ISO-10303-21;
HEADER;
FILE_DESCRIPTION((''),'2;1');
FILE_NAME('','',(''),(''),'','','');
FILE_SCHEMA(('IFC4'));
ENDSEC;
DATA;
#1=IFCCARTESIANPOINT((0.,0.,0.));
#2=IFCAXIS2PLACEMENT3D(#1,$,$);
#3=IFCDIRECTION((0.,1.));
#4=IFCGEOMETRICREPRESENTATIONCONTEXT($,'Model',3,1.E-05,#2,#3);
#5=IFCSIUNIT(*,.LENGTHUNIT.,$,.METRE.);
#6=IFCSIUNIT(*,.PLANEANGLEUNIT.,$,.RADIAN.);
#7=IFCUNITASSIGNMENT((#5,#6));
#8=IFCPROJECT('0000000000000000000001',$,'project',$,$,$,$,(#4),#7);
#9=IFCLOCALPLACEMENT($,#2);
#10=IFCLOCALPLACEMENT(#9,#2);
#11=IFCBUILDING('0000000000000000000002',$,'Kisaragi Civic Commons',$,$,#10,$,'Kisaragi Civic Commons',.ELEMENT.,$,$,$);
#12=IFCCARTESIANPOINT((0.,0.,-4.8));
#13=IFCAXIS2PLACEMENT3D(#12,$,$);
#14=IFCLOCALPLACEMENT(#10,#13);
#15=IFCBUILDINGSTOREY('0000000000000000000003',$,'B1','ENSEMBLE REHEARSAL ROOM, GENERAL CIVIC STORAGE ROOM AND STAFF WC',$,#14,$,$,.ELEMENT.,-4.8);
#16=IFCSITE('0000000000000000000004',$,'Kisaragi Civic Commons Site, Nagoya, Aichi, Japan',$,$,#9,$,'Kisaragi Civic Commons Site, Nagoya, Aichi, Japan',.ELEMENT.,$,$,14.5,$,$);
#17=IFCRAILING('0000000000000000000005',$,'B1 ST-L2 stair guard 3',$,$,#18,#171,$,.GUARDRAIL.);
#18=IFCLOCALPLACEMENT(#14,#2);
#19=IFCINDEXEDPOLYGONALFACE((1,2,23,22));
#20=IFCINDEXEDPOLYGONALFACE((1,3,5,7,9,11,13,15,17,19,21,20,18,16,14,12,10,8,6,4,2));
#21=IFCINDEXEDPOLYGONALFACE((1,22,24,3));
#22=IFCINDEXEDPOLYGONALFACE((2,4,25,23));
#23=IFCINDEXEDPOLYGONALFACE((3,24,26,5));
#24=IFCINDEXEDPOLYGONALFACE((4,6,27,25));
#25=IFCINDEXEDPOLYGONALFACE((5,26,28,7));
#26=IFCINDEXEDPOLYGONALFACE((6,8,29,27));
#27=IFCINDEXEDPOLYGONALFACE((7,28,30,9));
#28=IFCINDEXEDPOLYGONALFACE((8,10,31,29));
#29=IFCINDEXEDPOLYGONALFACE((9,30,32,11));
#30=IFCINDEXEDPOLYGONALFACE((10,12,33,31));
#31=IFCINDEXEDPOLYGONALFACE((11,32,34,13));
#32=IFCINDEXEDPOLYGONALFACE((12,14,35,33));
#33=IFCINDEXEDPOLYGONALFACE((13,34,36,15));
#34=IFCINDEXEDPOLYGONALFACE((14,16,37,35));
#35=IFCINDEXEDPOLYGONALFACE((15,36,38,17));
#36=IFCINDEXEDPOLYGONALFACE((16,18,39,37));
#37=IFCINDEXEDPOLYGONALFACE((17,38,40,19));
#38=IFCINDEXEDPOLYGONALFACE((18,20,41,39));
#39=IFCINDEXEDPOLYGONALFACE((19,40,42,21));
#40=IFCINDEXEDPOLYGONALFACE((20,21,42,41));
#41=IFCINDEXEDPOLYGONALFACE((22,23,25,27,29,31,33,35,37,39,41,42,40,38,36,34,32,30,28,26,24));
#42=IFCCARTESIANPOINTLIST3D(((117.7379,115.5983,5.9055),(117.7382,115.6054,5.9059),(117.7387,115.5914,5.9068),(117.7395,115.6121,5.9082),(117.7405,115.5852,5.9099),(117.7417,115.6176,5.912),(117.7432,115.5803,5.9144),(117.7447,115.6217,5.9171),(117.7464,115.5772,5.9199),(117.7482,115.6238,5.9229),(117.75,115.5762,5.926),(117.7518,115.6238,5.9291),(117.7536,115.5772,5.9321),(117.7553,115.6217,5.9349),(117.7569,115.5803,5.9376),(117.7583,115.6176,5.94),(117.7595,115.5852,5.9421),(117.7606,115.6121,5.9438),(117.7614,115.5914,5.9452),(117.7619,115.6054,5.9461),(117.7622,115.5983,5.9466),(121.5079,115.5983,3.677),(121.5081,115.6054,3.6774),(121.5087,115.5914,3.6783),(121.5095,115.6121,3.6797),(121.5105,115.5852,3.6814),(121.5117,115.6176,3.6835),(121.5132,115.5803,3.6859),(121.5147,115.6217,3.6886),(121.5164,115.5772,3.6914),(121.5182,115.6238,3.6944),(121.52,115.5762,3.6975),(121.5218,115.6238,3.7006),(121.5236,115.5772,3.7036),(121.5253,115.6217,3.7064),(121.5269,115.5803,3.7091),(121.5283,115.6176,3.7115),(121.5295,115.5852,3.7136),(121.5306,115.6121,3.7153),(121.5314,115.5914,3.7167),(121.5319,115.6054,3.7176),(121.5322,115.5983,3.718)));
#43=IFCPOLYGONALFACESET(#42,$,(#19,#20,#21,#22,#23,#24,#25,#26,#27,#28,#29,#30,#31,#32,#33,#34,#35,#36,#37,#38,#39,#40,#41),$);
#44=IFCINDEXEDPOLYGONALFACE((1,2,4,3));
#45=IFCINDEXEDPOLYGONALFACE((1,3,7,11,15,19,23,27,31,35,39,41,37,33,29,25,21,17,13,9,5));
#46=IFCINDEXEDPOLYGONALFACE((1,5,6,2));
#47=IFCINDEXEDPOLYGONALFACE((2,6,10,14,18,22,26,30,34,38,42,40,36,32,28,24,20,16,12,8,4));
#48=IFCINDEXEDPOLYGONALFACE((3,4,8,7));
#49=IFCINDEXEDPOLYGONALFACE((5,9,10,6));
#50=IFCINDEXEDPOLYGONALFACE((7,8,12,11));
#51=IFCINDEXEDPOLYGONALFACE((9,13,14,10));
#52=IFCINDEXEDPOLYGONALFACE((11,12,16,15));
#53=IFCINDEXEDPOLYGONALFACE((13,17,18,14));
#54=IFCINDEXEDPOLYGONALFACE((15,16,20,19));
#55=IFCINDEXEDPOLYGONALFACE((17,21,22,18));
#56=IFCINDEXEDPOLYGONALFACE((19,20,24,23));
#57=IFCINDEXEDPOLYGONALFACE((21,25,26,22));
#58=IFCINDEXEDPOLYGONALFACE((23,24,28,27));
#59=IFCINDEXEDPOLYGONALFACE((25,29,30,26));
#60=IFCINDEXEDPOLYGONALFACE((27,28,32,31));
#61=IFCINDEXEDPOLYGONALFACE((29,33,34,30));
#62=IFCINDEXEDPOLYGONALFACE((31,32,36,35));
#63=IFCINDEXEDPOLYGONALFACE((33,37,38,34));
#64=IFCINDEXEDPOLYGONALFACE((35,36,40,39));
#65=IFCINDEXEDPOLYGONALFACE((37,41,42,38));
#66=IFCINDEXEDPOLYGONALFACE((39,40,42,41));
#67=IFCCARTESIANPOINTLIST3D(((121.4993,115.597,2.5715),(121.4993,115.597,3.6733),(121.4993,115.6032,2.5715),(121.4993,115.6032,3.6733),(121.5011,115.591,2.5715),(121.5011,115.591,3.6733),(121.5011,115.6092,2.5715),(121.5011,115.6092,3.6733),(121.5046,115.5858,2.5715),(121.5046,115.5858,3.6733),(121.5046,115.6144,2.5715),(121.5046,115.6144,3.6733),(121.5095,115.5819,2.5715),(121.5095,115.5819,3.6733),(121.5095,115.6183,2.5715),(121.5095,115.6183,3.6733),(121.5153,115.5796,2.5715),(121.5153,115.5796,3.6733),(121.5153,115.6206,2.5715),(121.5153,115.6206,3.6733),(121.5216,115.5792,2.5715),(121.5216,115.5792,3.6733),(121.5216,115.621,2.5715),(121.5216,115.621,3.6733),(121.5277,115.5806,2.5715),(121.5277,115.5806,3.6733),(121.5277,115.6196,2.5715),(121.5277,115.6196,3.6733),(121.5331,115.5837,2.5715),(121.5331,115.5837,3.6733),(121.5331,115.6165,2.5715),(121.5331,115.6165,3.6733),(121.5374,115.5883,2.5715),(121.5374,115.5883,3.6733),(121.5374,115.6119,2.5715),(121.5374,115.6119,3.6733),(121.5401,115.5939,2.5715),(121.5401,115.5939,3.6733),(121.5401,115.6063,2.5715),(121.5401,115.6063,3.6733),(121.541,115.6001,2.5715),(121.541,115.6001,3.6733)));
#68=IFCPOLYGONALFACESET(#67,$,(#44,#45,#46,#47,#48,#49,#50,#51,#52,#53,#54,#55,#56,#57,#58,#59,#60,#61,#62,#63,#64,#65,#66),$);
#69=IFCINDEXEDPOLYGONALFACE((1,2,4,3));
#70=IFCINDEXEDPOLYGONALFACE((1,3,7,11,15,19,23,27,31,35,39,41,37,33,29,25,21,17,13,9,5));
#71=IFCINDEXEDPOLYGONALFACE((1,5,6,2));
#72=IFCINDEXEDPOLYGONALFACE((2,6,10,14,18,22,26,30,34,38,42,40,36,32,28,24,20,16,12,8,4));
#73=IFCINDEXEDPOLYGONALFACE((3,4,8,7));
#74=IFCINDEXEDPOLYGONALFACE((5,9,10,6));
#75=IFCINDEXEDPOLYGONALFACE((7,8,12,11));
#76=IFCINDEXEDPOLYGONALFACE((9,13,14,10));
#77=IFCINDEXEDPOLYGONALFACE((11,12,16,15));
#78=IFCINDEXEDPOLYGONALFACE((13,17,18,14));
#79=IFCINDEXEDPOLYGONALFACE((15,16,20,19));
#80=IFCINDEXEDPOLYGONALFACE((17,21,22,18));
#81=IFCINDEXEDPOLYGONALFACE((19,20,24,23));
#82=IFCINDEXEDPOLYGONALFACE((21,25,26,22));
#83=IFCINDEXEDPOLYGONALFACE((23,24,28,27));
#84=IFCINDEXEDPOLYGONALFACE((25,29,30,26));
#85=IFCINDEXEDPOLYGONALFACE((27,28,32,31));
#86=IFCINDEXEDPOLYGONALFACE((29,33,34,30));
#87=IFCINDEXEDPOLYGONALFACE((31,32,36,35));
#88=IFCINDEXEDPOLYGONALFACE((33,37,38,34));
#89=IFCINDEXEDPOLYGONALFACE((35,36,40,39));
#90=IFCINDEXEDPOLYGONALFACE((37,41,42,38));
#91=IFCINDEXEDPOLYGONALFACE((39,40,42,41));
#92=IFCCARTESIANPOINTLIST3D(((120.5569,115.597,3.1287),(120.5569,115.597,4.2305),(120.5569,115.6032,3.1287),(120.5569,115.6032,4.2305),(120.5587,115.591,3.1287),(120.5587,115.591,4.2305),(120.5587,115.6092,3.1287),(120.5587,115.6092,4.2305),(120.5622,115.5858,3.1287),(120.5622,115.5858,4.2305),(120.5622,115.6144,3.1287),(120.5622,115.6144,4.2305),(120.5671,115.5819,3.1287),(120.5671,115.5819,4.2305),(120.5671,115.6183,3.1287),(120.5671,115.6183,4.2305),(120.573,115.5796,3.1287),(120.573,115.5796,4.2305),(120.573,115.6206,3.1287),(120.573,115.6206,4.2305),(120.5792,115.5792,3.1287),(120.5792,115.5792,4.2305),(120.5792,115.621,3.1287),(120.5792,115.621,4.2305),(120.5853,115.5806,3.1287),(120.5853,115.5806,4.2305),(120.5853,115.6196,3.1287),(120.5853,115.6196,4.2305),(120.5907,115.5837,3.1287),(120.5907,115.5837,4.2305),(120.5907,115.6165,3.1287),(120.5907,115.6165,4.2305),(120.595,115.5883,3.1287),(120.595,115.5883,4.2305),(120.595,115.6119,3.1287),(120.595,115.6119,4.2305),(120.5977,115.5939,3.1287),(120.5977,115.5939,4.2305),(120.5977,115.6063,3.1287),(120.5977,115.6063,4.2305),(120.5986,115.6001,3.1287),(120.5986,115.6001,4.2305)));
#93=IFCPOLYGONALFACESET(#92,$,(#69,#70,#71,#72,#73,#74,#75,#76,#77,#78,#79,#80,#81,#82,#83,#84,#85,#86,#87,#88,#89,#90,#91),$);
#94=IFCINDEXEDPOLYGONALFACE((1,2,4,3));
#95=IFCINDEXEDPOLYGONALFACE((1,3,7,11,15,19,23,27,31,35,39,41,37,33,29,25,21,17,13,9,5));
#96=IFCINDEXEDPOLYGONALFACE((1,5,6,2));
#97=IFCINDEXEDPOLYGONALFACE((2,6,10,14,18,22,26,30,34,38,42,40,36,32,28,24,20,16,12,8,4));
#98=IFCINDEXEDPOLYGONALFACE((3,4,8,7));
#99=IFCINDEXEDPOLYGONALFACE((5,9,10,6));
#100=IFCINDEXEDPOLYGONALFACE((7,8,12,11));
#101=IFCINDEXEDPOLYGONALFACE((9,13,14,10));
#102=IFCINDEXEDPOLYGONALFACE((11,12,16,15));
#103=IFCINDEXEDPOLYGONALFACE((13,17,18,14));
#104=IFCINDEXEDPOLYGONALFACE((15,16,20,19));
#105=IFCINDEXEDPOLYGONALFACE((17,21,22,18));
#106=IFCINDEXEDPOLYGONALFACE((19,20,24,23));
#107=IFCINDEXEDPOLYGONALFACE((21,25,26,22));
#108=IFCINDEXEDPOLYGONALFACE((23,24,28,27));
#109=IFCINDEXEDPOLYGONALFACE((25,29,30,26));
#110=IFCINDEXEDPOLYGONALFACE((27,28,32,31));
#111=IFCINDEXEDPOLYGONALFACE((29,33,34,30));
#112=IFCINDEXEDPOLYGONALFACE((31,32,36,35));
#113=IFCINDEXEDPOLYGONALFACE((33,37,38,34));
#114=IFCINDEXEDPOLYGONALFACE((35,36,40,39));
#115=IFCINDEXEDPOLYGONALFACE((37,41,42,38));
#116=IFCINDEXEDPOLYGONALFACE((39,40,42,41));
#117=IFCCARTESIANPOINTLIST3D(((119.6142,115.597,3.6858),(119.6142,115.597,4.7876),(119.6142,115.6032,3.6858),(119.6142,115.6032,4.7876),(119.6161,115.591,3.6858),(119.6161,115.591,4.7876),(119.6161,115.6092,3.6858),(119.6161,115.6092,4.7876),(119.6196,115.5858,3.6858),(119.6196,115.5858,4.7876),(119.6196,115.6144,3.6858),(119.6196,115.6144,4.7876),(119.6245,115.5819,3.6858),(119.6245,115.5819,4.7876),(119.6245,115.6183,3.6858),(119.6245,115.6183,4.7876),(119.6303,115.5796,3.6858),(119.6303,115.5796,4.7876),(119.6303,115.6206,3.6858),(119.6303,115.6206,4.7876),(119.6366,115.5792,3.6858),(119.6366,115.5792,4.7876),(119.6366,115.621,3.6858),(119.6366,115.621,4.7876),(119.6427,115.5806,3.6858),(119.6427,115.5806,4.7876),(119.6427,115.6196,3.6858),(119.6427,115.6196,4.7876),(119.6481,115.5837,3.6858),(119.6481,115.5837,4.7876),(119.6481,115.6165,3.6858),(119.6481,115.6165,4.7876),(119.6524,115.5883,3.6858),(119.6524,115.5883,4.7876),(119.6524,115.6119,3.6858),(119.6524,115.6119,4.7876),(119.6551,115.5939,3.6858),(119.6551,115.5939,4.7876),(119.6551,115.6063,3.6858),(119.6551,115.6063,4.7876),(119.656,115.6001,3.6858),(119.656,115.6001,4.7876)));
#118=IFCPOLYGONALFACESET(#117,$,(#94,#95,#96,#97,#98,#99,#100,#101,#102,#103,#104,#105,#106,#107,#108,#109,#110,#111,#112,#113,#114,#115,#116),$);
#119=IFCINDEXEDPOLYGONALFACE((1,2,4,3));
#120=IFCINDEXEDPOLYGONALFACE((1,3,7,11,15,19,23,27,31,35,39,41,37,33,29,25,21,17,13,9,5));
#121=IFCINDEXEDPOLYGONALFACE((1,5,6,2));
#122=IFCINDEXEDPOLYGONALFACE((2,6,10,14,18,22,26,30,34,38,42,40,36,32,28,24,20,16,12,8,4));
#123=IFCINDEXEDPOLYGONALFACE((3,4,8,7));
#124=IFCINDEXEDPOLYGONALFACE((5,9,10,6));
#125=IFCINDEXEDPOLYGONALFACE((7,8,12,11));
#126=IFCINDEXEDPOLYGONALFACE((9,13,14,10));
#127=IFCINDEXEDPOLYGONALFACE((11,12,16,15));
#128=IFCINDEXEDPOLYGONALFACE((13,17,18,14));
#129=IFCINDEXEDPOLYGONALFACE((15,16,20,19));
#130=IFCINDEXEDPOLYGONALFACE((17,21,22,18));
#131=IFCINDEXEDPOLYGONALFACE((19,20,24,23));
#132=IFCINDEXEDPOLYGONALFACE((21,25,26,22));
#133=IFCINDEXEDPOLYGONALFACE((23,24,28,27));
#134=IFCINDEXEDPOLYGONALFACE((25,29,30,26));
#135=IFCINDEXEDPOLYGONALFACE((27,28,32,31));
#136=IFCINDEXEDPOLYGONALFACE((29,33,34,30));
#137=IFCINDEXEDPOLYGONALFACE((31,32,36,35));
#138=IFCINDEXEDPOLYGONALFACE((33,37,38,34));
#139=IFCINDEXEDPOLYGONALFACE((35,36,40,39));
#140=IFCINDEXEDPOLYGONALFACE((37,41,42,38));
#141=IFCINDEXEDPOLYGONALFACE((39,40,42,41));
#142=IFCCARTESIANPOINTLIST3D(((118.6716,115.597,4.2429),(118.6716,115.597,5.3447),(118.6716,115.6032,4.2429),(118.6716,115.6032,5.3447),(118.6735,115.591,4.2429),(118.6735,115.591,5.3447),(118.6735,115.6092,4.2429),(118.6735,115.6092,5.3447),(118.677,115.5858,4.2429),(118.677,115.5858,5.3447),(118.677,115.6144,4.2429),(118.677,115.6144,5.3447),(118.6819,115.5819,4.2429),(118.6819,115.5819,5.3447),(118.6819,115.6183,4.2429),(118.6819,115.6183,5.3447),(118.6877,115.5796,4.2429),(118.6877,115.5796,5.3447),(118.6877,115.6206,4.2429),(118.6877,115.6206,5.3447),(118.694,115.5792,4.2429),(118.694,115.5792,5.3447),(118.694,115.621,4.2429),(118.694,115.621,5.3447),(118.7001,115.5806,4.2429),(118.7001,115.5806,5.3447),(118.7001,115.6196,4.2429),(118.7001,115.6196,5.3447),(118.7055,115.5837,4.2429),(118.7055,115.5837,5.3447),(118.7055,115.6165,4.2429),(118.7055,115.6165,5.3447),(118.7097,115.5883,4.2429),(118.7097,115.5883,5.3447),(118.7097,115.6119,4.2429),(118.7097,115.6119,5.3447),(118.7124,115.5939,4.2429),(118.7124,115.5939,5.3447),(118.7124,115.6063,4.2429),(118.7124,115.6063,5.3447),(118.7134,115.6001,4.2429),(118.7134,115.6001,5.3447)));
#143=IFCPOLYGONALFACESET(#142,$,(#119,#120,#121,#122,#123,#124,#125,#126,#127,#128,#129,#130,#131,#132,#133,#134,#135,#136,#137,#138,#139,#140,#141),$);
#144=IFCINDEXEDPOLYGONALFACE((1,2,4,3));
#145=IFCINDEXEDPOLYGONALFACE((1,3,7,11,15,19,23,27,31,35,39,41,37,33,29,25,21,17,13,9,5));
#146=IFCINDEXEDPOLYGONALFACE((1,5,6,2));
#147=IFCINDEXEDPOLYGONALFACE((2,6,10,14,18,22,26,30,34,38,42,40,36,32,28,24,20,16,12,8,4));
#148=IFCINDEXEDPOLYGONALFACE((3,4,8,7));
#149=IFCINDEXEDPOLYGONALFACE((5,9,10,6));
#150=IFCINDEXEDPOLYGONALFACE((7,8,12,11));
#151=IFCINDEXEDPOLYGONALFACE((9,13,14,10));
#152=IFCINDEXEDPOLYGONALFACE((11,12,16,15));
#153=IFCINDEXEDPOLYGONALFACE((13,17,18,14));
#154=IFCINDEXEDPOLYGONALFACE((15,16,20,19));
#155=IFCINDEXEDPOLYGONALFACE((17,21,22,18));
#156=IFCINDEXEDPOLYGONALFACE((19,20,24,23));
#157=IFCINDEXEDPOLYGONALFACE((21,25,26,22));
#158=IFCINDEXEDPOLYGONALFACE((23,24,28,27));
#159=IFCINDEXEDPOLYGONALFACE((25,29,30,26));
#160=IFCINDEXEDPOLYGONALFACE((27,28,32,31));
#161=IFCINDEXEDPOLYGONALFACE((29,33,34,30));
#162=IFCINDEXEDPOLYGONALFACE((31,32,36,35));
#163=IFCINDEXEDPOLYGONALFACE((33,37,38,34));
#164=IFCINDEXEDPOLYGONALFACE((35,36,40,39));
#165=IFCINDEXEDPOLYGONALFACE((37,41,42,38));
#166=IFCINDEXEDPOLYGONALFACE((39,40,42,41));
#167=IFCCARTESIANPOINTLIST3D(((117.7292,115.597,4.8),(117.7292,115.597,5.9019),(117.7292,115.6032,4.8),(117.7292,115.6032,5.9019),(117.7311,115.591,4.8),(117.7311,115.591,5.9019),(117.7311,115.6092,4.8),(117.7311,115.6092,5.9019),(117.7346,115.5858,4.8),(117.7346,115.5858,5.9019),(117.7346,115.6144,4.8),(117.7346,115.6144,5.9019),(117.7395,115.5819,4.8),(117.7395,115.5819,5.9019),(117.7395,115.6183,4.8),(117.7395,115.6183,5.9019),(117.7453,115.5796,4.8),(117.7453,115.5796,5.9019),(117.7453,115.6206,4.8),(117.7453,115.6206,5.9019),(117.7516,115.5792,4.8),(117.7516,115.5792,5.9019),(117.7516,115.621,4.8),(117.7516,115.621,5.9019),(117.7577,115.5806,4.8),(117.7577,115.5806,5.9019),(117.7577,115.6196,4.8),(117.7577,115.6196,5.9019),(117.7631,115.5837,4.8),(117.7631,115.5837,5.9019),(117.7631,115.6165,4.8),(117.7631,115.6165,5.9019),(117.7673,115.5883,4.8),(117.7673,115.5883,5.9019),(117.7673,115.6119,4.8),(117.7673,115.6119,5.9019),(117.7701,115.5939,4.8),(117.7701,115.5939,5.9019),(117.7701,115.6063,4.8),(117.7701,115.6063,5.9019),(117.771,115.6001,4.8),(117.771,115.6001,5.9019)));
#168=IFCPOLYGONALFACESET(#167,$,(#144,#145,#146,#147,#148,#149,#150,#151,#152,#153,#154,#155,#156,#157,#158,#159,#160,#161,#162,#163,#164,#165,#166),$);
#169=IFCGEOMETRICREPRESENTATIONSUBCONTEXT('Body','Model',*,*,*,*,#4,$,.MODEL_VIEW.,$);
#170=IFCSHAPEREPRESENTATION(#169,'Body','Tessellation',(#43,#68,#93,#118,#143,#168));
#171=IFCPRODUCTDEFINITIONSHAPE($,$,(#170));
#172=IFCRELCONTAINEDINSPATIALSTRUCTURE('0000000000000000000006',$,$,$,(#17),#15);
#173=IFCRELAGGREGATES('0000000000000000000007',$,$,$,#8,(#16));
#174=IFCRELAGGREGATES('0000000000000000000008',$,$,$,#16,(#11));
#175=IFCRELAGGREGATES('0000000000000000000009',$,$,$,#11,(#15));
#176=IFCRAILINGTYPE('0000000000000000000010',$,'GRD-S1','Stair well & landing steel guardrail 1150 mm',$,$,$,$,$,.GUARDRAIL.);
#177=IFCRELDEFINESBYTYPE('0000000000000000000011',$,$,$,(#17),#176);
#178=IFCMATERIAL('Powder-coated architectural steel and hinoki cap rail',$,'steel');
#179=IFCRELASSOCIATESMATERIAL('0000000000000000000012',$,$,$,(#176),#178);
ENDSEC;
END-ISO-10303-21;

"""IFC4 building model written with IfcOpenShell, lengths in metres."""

from ifc_helpers import new_model, si_unit, direction, frame, origin, origin_2d, place, context, subcontext, project, spatial, circle, extrude, material, type_object, element, save


model = new_model("IFC4")

# Units and contexts
model_context = context("Model", 3, precision=1e-05, world=origin(), true_north=direction((0.0, 1.0)))
body_context = subcontext(model_context, "Body", "Model", "MODEL_VIEW")
ifc_project = project(units=[si_unit("LENGTHUNIT", "METRE"), si_unit("PLANEANGLEUNIT", "RADIAN")], contexts=[model_context])

# Site, building, storey
site_placement = place(None, origin())
site = spatial("IfcSite", under=ifc_project, at=site_placement, Name="Kisaragi Civic Commons Site, Nagoya, Aichi, Japan", LongName="Kisaragi Civic Commons Site, Nagoya, Aichi, Japan", CompositionType="ELEMENT", RefElevation=14.5)
building_placement = place(site_placement, origin())
building = spatial("IfcBuilding", under=site, at=building_placement, Name="Kisaragi Civic Commons", LongName="Kisaragi Civic Commons", CompositionType="ELEMENT")
storey_placement = place(building_placement, frame((0.0, 0.0, -4.8)))
storey = spatial("IfcBuildingStorey", under=building, at=storey_placement, Name="B1", Description="ENSEMBLE REHEARSAL ROOM, GENERAL CIVIC STORAGE ROOM AND STAFF WC", CompositionType="ELEMENT", Elevation=-4.8)

# Railing
ifc_material_1 = material(Name="Powder-coated architectural steel and hinoki cap rail", Category="steel")
railing_type_1 = type_object("IfcRailingType", Name="GRD-S1", Description="Stair well & landing steel guardrail 1150 mm", PredefinedType="GUARDRAIL", material=ifc_material_1)
railing_1_placement = place(storey_placement, frame((121.52, 115.6001, 2.5715)))
element("IfcRailing", 1, at=railing_1_placement, inside=storey, type_object=railing_type_1, Name="B1 ST-L2 stair guard 3", PredefinedType="GUARDRAIL", context=body_context, shape_type="SweptSolid", body=[
    extrude(circle(Radius=0.0239, at=origin_2d()), frame((0.0, 0.0, 1.126), z_axis=(-0.860849, 0.0, 0.508861), x_axis=(0.0, -1.0, 0.0)), (0.0, 0.0, 1.0), 4.3794),
    extrude(circle(Radius=0.021, at=origin_2d()), origin(), (0.0, 0.0, 1.0), 1.1018),
    extrude(circle(Radius=0.021, at=origin_2d()), frame((-0.9424, 0.0, 0.5571)), (0.0, 0.0, 1.0), 1.1018),
    extrude(circle(Radius=0.021, at=origin_2d()), frame((-1.885, 0.0, 1.1143)), (0.0, 0.0, 1.0), 1.1018),
    extrude(circle(Radius=0.021, at=origin_2d()), frame((-2.8276, 0.0, 1.6714)), (0.0, 0.0, 1.0), 1.1018),
    extrude(circle(Radius=0.021, at=origin_2d()), frame((-3.77, 0.0, 2.2285)), (0.0, 0.0, 1.0), 1.1018),
])

save(model, "model.ifc")
